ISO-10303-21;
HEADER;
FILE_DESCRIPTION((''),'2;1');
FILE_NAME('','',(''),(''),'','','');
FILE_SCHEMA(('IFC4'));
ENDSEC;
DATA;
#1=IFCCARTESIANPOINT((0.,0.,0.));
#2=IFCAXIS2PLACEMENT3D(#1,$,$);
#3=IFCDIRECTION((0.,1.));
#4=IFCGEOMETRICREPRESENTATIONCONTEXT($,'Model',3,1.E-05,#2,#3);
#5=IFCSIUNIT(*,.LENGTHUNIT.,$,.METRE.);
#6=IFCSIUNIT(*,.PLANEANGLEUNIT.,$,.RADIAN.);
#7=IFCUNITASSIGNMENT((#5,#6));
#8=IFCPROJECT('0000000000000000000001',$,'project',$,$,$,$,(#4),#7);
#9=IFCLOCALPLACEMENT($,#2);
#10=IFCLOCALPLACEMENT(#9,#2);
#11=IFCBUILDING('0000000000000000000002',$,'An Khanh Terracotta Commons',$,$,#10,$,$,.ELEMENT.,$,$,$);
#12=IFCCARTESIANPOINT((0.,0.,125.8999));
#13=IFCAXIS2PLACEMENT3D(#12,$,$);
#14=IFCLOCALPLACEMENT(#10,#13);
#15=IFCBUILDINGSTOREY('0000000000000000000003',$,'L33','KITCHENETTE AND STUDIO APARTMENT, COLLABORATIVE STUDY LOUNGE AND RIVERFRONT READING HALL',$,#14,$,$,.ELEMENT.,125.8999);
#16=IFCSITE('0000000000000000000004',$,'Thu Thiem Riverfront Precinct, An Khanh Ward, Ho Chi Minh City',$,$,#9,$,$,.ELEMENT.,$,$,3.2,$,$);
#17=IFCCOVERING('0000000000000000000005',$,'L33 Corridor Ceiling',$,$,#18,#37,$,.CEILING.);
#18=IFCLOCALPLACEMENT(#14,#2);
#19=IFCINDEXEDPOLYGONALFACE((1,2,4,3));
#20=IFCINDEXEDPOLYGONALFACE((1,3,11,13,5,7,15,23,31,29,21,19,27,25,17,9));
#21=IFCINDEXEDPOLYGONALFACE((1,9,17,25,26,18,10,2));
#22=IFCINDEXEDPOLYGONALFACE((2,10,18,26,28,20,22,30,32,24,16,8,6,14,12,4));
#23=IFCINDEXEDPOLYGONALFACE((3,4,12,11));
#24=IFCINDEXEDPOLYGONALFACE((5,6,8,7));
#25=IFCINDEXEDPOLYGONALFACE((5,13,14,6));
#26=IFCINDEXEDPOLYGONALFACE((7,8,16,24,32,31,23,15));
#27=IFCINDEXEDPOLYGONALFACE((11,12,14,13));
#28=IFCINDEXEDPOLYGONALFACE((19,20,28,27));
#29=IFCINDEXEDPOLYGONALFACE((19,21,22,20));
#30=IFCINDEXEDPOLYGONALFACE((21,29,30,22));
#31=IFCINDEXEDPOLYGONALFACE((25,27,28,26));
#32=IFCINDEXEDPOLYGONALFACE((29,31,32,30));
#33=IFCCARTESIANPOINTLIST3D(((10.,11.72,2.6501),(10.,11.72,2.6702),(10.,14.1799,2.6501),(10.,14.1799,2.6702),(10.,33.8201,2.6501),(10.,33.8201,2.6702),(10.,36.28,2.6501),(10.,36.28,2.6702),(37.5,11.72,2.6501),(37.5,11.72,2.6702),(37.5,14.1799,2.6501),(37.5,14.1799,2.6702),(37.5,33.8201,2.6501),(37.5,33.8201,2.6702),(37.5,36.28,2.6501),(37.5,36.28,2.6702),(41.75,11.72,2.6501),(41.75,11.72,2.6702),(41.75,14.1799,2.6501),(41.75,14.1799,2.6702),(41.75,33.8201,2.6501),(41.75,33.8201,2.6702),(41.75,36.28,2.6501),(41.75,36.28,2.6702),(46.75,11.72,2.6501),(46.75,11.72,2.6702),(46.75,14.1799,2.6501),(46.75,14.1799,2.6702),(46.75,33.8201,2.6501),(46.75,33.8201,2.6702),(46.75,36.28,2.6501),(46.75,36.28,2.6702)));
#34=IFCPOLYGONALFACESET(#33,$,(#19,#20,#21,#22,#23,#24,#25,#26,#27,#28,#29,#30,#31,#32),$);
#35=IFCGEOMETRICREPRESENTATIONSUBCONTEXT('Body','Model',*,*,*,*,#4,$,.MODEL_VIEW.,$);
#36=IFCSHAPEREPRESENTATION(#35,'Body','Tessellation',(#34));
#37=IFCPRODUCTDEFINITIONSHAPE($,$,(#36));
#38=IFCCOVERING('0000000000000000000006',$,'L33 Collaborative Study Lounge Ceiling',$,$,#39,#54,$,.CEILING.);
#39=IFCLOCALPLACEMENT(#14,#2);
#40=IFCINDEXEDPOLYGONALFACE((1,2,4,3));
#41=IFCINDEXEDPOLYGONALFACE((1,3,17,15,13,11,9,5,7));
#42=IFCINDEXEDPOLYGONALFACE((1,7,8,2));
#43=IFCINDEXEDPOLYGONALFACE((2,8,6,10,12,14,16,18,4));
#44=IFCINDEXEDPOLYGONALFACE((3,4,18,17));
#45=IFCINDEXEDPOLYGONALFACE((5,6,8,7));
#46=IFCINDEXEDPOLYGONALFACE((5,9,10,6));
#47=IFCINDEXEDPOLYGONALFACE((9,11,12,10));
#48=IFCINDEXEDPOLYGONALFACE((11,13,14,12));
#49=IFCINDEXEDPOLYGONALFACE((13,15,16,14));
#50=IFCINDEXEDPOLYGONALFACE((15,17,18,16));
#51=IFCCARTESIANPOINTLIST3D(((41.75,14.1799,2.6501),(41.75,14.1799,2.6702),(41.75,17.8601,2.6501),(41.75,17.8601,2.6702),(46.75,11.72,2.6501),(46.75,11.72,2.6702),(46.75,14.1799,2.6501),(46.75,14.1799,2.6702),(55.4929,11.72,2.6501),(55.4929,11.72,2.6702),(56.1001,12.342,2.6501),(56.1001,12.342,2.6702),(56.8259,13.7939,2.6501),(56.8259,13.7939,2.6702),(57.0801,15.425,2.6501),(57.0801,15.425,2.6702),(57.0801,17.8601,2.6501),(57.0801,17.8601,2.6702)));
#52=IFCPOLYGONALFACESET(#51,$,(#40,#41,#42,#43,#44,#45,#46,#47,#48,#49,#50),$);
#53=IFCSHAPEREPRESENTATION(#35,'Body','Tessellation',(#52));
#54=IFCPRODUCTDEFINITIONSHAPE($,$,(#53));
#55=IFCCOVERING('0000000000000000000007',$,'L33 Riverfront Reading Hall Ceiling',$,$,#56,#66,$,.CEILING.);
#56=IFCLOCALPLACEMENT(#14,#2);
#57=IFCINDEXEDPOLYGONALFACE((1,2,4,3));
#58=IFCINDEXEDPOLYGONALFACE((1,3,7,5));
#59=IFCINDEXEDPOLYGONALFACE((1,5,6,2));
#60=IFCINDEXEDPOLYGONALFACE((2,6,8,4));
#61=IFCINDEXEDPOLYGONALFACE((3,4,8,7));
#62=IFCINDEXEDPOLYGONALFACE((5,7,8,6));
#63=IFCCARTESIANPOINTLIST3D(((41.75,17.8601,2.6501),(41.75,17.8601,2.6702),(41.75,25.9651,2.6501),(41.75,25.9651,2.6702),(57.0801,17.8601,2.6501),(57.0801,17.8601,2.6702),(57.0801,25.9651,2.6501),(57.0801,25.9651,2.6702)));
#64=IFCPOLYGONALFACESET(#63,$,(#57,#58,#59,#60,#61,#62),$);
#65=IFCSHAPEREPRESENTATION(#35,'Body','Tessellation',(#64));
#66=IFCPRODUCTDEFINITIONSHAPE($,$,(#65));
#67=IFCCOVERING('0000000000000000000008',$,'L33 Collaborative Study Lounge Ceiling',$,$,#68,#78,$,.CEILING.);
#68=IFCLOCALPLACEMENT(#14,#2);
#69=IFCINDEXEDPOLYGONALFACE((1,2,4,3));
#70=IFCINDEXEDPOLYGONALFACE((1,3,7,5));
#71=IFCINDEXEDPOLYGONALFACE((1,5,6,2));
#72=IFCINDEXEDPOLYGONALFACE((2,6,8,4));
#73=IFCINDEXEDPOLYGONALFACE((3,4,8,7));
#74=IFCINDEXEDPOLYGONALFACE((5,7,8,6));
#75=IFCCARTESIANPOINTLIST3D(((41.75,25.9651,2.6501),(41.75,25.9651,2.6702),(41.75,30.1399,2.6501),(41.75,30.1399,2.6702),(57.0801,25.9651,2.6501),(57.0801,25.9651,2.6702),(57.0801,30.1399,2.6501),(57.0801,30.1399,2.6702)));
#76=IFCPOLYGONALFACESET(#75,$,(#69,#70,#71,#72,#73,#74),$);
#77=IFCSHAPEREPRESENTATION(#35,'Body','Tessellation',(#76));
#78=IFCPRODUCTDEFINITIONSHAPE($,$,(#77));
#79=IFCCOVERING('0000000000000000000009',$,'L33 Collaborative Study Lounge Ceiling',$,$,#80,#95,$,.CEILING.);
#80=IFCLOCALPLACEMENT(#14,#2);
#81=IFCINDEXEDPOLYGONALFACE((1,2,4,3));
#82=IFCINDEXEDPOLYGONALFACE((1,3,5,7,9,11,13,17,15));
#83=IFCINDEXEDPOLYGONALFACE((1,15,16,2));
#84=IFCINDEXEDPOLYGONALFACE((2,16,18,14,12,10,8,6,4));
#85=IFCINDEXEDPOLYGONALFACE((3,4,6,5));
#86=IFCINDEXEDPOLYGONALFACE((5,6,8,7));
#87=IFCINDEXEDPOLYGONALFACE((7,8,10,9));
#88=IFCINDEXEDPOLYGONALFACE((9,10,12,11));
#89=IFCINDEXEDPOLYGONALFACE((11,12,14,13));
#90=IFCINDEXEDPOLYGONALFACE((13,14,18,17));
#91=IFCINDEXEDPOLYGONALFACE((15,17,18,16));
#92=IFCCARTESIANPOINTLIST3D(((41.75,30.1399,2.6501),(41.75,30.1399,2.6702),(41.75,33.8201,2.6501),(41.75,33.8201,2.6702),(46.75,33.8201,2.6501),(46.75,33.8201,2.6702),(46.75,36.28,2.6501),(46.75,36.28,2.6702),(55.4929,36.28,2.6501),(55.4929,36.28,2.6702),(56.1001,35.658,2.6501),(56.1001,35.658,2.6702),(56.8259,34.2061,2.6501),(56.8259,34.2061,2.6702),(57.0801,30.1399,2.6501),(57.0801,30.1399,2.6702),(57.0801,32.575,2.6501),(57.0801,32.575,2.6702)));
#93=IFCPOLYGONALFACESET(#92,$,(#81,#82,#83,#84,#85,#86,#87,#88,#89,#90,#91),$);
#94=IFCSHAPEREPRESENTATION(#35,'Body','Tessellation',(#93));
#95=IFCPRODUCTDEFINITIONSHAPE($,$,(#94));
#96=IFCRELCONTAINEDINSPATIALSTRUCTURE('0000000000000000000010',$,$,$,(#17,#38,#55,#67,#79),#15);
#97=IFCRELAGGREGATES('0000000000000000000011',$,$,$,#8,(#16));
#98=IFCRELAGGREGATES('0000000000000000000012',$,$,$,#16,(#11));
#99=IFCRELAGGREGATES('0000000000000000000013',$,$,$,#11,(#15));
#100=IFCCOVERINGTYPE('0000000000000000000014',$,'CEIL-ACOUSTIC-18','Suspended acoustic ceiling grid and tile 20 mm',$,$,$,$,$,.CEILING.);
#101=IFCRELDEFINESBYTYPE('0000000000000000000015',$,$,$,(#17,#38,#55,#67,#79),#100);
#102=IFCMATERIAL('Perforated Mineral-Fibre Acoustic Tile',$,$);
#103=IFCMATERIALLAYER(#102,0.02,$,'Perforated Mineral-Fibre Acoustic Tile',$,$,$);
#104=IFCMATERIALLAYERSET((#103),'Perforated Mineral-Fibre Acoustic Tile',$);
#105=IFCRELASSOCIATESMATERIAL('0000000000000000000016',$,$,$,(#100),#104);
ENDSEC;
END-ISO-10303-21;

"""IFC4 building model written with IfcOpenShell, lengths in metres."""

from ifc_helpers import new_model, si_unit, direction, frame, origin, place, context, subcontext, project, spatial, polyline, outline, extrude, material, layer, layer_set, type_object, element, save


model = new_model("IFC4")

# Units and contexts
model_context = context("Model", 3, precision=1e-05, world=origin(), true_north=direction((0.0, 1.0)))
body_context = subcontext(model_context, "Body", "Model", "MODEL_VIEW")
ifc_project = project(units=[si_unit("LENGTHUNIT", "METRE"), si_unit("PLANEANGLEUNIT", "RADIAN")], contexts=[model_context])

# Site, building, storey
site_placement = place(None, origin())
site = spatial("IfcSite", under=ifc_project, at=site_placement, Name="Thu Thiem Riverfront Precinct, An Khanh Ward, Ho Chi Minh City", CompositionType="ELEMENT", RefElevation=3.2)
building_placement = place(site_placement, origin())
building = spatial("IfcBuilding", under=site, at=building_placement, Name="An Khanh Terracotta Commons", CompositionType="ELEMENT")
storey_placement = place(building_placement, frame((0.0, 0.0, 125.8999)))
storey = spatial("IfcBuildingStorey", under=building, at=storey_placement, Name="L33", Description="KITCHENETTE AND STUDIO APARTMENT, COLLABORATIVE STUDY LOUNGE AND RIVERFRONT READING HALL", CompositionType="ELEMENT", Elevation=125.8999)

# Coverings
ifc_material_1 = material(Name="Perforated Mineral-Fibre Acoustic Tile")
ifc_layer_1 = layer(ifc_material_1, 0.02, Name="Perforated Mineral-Fibre Acoustic Tile")
ifc_layer_set_1 = layer_set([ifc_layer_1], Name="Perforated Mineral-Fibre Acoustic Tile")
covering_type = type_object("IfcCoveringType", Name="CEIL-ACOUSTIC-18", Description="Suspended acoustic ceiling grid and tile 20 mm", PredefinedType="CEILING", material=ifc_layer_set_1)
covering_1_placement = place(storey_placement, frame((0.0, 0.0, 2.6501)))
element("IfcCovering", 1, at=covering_1_placement, inside=storey, type_object=covering_type, Name="L33 Corridor Ceiling", PredefinedType="CEILING", context=body_context, shape_type="SweptSolid", body=[
    extrude(outline(polyline([(37.5, 14.1799), (37.5, 33.8201), (10.0, 33.8201), (10.0, 36.28), (37.5, 36.28), (41.75, 36.28), (46.75, 36.28), (46.75, 33.8201), (41.75, 33.8201), (41.75, 14.1799), (46.75, 14.1799), (46.75, 11.72), (41.75, 11.72), (37.5, 11.72), (10.0, 11.72), (10.0, 14.1799), (37.5, 14.1799)])), origin(), (0.0, 0.0, 1.0), 0.02),
])
covering_2_placement = place(storey_placement, frame((0.0, 0.0, 2.6501)))
element("IfcCovering", 2, at=covering_2_placement, inside=storey, type_object=covering_type, Name="L33 Collaborative Study Lounge Ceiling", PredefinedType="CEILING", context=body_context, shape_type="SweptSolid", body=[
    extrude(outline(polyline([(57.0801, 15.425), (56.8259, 13.7939), (56.1001, 12.342), (55.4929, 11.72), (46.75, 11.72), (46.75, 14.1799), (41.75, 14.1799), (41.75, 17.8601), (57.0801, 17.8601), (57.0801, 15.425)])), origin(), (0.0, 0.0, 1.0), 0.02),
])
covering_3_placement = place(storey_placement, frame((0.0, 0.0, 2.6501)))
element("IfcCovering", 3, at=covering_3_placement, inside=storey, type_object=covering_type, Name="L33 Riverfront Reading Hall Ceiling", PredefinedType="CEILING", context=body_context, shape_type="SweptSolid", body=[
    extrude(outline(polyline([(57.0801, 17.8601), (41.75, 17.8601), (41.75, 25.9651), (57.0801, 25.9651), (57.0801, 17.8601)])), origin(), (0.0, 0.0, 1.0), 0.02),
])
covering_4_placement = place(storey_placement, frame((0.0, 0.0, 2.6501)))
element("IfcCovering", 4, at=covering_4_placement, inside=storey, type_object=covering_type, Name="L33 Collaborative Study Lounge Ceiling", PredefinedType="CEILING", context=body_context, shape_type="SweptSolid", body=[
    extrude(outline(polyline([(57.0801, 25.9651), (41.75, 25.9651), (41.75, 30.1399), (57.0801, 30.1399), (57.0801, 25.9651)])), origin(), (0.0, 0.0, 1.0), 0.02),
])
covering_5_placement = place(storey_placement, frame((0.0, 0.0, 2.6501)))
element("IfcCovering", 5, at=covering_5_placement, inside=storey, type_object=covering_type, Name="L33 Collaborative Study Lounge Ceiling", PredefinedType="CEILING", context=body_context, shape_type="SweptSolid", body=[
    extrude(outline(polyline([(56.1001, 35.658), (56.8259, 34.2061), (57.0801, 32.575), (57.0801, 30.1399), (41.75, 30.1399), (41.75, 33.8201), (46.75, 33.8201), (46.75, 36.28), (55.4929, 36.28), (56.1001, 35.658)])), origin(), (0.0, 0.0, 1.0), 0.02),
])

save(model, "model.ifc")
